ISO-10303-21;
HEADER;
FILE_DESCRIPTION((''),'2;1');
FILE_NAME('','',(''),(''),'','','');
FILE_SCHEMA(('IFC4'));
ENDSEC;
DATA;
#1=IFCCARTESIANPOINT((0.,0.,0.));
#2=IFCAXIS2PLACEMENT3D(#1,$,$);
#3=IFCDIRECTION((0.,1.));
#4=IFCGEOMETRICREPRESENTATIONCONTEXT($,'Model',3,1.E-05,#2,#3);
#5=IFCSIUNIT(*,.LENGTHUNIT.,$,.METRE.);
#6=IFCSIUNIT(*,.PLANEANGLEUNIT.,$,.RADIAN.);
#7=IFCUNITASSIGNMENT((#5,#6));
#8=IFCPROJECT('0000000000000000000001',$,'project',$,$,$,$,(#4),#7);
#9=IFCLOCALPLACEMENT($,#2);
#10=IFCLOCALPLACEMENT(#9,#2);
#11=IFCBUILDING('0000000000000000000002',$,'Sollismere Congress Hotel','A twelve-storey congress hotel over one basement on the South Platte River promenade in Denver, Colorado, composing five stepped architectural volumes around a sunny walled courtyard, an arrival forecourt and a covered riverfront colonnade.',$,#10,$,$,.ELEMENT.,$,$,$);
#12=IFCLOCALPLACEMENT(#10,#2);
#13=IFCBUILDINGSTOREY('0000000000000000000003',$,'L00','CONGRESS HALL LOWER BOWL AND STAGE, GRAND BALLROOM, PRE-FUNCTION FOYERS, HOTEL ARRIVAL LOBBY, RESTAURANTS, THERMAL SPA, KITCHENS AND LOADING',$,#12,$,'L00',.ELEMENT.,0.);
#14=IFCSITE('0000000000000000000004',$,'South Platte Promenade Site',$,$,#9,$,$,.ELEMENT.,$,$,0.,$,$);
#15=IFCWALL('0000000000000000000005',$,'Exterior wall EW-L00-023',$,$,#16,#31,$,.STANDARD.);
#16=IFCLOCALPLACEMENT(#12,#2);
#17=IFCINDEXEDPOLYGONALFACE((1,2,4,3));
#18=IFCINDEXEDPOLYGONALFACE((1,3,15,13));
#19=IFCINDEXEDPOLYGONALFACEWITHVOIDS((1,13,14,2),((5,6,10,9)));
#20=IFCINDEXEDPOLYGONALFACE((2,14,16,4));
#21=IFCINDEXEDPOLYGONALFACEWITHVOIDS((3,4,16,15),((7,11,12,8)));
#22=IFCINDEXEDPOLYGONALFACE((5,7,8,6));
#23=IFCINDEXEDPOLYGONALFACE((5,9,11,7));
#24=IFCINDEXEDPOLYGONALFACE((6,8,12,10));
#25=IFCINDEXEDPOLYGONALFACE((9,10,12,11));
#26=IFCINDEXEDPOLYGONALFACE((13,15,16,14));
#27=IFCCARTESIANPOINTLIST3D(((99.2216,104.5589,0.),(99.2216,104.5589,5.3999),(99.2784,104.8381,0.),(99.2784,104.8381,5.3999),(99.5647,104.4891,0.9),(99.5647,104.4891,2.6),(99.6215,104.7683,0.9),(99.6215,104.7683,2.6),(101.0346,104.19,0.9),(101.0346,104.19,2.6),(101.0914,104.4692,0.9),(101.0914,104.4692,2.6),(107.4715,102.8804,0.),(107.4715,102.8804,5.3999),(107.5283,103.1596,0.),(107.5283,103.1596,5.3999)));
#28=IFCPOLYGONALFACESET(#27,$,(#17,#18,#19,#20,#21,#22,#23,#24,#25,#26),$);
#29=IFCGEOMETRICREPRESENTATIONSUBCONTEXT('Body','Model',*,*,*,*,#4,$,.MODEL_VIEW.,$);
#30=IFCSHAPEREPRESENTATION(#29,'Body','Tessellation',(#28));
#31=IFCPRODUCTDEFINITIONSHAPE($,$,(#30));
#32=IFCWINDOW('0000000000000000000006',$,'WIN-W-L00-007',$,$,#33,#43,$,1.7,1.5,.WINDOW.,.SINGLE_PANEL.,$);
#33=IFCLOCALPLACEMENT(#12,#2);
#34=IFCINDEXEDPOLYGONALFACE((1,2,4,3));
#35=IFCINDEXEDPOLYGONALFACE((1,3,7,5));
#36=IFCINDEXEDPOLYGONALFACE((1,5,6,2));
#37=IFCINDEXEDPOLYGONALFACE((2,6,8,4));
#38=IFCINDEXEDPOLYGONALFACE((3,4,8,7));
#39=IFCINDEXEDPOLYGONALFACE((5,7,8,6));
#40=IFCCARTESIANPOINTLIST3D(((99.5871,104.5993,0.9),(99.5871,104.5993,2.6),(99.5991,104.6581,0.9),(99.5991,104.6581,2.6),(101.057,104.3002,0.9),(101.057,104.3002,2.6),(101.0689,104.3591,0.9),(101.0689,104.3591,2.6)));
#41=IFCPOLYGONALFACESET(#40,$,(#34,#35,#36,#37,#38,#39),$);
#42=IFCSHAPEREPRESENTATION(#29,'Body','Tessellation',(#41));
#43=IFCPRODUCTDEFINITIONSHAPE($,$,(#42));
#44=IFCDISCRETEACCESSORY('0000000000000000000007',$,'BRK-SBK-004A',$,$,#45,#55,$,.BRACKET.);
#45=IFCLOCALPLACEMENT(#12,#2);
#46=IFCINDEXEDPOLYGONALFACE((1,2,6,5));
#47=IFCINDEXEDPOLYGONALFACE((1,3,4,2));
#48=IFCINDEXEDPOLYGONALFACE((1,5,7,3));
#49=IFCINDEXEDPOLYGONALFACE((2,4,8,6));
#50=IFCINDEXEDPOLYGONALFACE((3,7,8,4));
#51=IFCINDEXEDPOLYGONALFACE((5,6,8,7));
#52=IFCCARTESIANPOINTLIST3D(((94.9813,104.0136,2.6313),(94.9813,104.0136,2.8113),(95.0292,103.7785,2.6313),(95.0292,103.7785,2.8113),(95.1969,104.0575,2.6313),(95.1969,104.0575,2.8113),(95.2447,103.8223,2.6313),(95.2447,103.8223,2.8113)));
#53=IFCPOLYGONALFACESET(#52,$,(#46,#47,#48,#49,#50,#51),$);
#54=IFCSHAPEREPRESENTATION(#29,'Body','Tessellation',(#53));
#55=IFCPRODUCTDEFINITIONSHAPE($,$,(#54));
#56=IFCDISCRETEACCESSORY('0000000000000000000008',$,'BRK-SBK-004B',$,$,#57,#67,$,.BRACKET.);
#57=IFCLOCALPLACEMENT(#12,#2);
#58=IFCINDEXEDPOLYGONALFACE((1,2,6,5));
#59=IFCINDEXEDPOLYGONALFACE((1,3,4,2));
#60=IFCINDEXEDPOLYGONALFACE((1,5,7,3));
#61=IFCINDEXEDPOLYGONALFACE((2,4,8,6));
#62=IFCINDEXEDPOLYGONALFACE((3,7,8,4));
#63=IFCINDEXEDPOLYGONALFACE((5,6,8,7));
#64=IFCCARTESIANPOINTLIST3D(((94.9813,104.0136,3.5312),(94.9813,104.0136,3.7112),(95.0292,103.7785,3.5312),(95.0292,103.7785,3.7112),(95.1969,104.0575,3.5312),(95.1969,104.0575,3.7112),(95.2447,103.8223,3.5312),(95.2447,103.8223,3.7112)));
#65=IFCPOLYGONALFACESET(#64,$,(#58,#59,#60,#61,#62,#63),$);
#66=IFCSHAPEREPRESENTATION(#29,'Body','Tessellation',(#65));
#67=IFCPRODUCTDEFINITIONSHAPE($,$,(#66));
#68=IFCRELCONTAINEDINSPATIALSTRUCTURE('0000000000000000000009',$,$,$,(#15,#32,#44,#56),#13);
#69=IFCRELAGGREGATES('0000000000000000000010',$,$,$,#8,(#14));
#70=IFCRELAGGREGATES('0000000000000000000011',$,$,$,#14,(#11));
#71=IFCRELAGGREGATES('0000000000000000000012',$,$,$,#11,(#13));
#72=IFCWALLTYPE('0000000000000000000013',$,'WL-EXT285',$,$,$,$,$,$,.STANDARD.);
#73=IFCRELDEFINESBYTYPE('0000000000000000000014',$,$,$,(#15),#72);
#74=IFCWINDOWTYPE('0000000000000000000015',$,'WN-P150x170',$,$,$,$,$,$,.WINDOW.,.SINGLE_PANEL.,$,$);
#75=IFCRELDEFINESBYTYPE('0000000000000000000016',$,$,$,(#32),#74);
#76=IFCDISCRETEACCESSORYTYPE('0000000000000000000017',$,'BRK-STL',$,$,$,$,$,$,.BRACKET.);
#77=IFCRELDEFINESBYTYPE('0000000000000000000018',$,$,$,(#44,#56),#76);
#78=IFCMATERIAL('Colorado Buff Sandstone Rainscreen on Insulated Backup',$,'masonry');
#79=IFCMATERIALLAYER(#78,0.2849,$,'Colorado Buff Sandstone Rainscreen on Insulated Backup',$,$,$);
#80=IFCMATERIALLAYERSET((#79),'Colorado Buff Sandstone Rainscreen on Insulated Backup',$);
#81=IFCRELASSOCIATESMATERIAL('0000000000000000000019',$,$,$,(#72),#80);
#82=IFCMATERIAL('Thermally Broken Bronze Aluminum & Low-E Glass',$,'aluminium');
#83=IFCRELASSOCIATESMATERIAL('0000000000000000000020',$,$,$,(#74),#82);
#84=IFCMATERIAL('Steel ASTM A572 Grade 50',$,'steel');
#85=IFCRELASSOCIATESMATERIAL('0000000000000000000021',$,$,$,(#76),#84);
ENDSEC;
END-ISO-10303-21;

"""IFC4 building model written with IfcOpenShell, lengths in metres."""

from ifc_helpers import new_model, si_unit, direction, frame, frame_2d, origin, origin_2d, place, context, subcontext, project, spatial, rectangle, extrude, material, layer, layer_set, type_object, element, fill, save


model = new_model("IFC4")

# Units and contexts
model_context = context("Model", 3, precision=1e-05, world=origin(), true_north=direction((0.0, 1.0)))
body_context = subcontext(model_context, "Body", "Model", "MODEL_VIEW")
ifc_project = project(units=[si_unit("LENGTHUNIT", "METRE"), si_unit("PLANEANGLEUNIT", "RADIAN")], contexts=[model_context])

# Site, building, storey
site_placement = place(None, origin())
site = spatial("IfcSite", under=ifc_project, at=site_placement, Name="South Platte Promenade Site", CompositionType="ELEMENT", RefElevation=0.0)
building_placement = place(site_placement, origin())
building = spatial("IfcBuilding", under=site, at=building_placement, Name="Sollismere Congress Hotel", Description="A twelve-storey congress hotel over one basement on the South Platte River promenade in Denver, Colorado, composing five stepped architectural volumes around a sunny walled courtyard, an arrival forecourt and a covered riverfront colonnade.", CompositionType="ELEMENT")
storey_placement = place(building_placement, origin())
storey = spatial("IfcBuildingStorey", under=building, at=storey_placement, Name="L00", Description="CONGRESS HALL LOWER BOWL AND STAGE, GRAND BALLROOM, PRE-FUNCTION FOYERS, HOTEL ARRIVAL LOBBY, RESTAURANTS, THERMAL SPA, KITCHENS AND LOADING", LongName="L00", CompositionType="ELEMENT", Elevation=0.0)

# Wall, opening, window
ifc_material_1 = material(Name="Colorado Buff Sandstone Rainscreen on Insulated Backup", Category="masonry")
ifc_layer_1 = layer(ifc_material_1, 0.2849, Name="Colorado Buff Sandstone Rainscreen on Insulated Backup")
ifc_layer_set_1 = layer_set([ifc_layer_1], Name="Colorado Buff Sandstone Rainscreen on Insulated Backup")
wall_type = type_object("IfcWallType", Name="WL-EXT285", PredefinedType="STANDARD", material=ifc_layer_set_1)
wall_placement = place(storey_placement, frame((99.25, 104.6985, 0.0), z_axis=(0.0, 0.0, 1.0), x_axis=(0.979925, -0.199366, 0.0)))
wall = element("IfcWall", 1, at=wall_placement, inside=storey, type_object=wall_type, Name="Exterior wall EW-L00-023", PredefinedType="STANDARD", context=body_context, shape_type="SweptSolid", body=[
    extrude(rectangle(XDim=8.4189, YDim=0.2849, at=frame_2d((4.2095, 0.0))), origin(), (0.0, 0.0, 1.0), 5.3999),
])
opening_placement = place(wall_placement, frame((0.3501, 0.0, 0.8999)))
opening = element("IfcOpeningElement", 2, at=opening_placement, cuts=wall, PredefinedType="OPENING", context=body_context, shape_type="SweptSolid", body=[
    extrude(rectangle(XDim=1.5, YDim=1.7, at=frame_2d((0.75, 0.8501))), frame((0.0, 0.1523, 0.0), z_axis=(0.0, -1.0, 0.0), x_axis=(1.0, 0.0, 0.0)), (0.0, 0.0, 1.0), 0.3049),
])
ifc_material_2 = material(Name="Thermally Broken Bronze Aluminum & Low-E Glass", Category="aluminium")
window_type = type_object("IfcWindowType", Name="WN-P150x170", PartitioningType="SINGLE_PANEL", PredefinedType="WINDOW", material=ifc_material_2)
window_placement = place(opening_placement, origin())
window = element("IfcWindow", 3, at=window_placement, inside=storey, type_object=window_type, Name="WIN-W-L00-007", OverallHeight=1.7, OverallWidth=1.5, PartitioningType="SINGLE_PANEL", PredefinedType="WINDOW", context=body_context, shape_type="SweptSolid", body=[
    extrude(rectangle(XDim=1.5, YDim=1.7, at=frame_2d((0.75, 0.8501))), frame((0.0, 0.03, 0.0), z_axis=(0.0, -1.0, 0.0), x_axis=(1.0, 0.0, 0.0)), (0.0, 0.0, 1.0), 0.0601),
])
fill(opening, window)

# Discrete accessories
ifc_material_3 = material(Name="Steel ASTM A572 Grade 50", Category="steel")
discrete_accessory_type = type_object("IfcDiscreteAccessoryType", Name="BRK-STL", PredefinedType="BRACKET", material=ifc_material_3)
for number, where, z_axis, x_axis, name in (
    (4, (95.113, 103.918, 2.6313), (0.0, 0.0, 1.0), (0.979925, 0.199368, 0.0), "BRK-SBK-004A"),
    (5, (95.113, 103.918, 3.5312), (0.0, 0.0, 1.0), (0.979925, 0.199368, 0.0), "BRK-SBK-004B"),
):
    element("IfcDiscreteAccessory", number, at=place(storey_placement, frame(where, z_axis=z_axis, x_axis=x_axis)), inside=storey, type_object=discrete_accessory_type, Name=name, PredefinedType="BRACKET", context=body_context, shape_type="SweptSolid", body=[
        extrude(rectangle(XDim=0.22, YDim=0.24, at=origin_2d()), origin(), (0.0, 0.0, 1.0), 0.1799),
    ])

save(model, "model.ifc")
